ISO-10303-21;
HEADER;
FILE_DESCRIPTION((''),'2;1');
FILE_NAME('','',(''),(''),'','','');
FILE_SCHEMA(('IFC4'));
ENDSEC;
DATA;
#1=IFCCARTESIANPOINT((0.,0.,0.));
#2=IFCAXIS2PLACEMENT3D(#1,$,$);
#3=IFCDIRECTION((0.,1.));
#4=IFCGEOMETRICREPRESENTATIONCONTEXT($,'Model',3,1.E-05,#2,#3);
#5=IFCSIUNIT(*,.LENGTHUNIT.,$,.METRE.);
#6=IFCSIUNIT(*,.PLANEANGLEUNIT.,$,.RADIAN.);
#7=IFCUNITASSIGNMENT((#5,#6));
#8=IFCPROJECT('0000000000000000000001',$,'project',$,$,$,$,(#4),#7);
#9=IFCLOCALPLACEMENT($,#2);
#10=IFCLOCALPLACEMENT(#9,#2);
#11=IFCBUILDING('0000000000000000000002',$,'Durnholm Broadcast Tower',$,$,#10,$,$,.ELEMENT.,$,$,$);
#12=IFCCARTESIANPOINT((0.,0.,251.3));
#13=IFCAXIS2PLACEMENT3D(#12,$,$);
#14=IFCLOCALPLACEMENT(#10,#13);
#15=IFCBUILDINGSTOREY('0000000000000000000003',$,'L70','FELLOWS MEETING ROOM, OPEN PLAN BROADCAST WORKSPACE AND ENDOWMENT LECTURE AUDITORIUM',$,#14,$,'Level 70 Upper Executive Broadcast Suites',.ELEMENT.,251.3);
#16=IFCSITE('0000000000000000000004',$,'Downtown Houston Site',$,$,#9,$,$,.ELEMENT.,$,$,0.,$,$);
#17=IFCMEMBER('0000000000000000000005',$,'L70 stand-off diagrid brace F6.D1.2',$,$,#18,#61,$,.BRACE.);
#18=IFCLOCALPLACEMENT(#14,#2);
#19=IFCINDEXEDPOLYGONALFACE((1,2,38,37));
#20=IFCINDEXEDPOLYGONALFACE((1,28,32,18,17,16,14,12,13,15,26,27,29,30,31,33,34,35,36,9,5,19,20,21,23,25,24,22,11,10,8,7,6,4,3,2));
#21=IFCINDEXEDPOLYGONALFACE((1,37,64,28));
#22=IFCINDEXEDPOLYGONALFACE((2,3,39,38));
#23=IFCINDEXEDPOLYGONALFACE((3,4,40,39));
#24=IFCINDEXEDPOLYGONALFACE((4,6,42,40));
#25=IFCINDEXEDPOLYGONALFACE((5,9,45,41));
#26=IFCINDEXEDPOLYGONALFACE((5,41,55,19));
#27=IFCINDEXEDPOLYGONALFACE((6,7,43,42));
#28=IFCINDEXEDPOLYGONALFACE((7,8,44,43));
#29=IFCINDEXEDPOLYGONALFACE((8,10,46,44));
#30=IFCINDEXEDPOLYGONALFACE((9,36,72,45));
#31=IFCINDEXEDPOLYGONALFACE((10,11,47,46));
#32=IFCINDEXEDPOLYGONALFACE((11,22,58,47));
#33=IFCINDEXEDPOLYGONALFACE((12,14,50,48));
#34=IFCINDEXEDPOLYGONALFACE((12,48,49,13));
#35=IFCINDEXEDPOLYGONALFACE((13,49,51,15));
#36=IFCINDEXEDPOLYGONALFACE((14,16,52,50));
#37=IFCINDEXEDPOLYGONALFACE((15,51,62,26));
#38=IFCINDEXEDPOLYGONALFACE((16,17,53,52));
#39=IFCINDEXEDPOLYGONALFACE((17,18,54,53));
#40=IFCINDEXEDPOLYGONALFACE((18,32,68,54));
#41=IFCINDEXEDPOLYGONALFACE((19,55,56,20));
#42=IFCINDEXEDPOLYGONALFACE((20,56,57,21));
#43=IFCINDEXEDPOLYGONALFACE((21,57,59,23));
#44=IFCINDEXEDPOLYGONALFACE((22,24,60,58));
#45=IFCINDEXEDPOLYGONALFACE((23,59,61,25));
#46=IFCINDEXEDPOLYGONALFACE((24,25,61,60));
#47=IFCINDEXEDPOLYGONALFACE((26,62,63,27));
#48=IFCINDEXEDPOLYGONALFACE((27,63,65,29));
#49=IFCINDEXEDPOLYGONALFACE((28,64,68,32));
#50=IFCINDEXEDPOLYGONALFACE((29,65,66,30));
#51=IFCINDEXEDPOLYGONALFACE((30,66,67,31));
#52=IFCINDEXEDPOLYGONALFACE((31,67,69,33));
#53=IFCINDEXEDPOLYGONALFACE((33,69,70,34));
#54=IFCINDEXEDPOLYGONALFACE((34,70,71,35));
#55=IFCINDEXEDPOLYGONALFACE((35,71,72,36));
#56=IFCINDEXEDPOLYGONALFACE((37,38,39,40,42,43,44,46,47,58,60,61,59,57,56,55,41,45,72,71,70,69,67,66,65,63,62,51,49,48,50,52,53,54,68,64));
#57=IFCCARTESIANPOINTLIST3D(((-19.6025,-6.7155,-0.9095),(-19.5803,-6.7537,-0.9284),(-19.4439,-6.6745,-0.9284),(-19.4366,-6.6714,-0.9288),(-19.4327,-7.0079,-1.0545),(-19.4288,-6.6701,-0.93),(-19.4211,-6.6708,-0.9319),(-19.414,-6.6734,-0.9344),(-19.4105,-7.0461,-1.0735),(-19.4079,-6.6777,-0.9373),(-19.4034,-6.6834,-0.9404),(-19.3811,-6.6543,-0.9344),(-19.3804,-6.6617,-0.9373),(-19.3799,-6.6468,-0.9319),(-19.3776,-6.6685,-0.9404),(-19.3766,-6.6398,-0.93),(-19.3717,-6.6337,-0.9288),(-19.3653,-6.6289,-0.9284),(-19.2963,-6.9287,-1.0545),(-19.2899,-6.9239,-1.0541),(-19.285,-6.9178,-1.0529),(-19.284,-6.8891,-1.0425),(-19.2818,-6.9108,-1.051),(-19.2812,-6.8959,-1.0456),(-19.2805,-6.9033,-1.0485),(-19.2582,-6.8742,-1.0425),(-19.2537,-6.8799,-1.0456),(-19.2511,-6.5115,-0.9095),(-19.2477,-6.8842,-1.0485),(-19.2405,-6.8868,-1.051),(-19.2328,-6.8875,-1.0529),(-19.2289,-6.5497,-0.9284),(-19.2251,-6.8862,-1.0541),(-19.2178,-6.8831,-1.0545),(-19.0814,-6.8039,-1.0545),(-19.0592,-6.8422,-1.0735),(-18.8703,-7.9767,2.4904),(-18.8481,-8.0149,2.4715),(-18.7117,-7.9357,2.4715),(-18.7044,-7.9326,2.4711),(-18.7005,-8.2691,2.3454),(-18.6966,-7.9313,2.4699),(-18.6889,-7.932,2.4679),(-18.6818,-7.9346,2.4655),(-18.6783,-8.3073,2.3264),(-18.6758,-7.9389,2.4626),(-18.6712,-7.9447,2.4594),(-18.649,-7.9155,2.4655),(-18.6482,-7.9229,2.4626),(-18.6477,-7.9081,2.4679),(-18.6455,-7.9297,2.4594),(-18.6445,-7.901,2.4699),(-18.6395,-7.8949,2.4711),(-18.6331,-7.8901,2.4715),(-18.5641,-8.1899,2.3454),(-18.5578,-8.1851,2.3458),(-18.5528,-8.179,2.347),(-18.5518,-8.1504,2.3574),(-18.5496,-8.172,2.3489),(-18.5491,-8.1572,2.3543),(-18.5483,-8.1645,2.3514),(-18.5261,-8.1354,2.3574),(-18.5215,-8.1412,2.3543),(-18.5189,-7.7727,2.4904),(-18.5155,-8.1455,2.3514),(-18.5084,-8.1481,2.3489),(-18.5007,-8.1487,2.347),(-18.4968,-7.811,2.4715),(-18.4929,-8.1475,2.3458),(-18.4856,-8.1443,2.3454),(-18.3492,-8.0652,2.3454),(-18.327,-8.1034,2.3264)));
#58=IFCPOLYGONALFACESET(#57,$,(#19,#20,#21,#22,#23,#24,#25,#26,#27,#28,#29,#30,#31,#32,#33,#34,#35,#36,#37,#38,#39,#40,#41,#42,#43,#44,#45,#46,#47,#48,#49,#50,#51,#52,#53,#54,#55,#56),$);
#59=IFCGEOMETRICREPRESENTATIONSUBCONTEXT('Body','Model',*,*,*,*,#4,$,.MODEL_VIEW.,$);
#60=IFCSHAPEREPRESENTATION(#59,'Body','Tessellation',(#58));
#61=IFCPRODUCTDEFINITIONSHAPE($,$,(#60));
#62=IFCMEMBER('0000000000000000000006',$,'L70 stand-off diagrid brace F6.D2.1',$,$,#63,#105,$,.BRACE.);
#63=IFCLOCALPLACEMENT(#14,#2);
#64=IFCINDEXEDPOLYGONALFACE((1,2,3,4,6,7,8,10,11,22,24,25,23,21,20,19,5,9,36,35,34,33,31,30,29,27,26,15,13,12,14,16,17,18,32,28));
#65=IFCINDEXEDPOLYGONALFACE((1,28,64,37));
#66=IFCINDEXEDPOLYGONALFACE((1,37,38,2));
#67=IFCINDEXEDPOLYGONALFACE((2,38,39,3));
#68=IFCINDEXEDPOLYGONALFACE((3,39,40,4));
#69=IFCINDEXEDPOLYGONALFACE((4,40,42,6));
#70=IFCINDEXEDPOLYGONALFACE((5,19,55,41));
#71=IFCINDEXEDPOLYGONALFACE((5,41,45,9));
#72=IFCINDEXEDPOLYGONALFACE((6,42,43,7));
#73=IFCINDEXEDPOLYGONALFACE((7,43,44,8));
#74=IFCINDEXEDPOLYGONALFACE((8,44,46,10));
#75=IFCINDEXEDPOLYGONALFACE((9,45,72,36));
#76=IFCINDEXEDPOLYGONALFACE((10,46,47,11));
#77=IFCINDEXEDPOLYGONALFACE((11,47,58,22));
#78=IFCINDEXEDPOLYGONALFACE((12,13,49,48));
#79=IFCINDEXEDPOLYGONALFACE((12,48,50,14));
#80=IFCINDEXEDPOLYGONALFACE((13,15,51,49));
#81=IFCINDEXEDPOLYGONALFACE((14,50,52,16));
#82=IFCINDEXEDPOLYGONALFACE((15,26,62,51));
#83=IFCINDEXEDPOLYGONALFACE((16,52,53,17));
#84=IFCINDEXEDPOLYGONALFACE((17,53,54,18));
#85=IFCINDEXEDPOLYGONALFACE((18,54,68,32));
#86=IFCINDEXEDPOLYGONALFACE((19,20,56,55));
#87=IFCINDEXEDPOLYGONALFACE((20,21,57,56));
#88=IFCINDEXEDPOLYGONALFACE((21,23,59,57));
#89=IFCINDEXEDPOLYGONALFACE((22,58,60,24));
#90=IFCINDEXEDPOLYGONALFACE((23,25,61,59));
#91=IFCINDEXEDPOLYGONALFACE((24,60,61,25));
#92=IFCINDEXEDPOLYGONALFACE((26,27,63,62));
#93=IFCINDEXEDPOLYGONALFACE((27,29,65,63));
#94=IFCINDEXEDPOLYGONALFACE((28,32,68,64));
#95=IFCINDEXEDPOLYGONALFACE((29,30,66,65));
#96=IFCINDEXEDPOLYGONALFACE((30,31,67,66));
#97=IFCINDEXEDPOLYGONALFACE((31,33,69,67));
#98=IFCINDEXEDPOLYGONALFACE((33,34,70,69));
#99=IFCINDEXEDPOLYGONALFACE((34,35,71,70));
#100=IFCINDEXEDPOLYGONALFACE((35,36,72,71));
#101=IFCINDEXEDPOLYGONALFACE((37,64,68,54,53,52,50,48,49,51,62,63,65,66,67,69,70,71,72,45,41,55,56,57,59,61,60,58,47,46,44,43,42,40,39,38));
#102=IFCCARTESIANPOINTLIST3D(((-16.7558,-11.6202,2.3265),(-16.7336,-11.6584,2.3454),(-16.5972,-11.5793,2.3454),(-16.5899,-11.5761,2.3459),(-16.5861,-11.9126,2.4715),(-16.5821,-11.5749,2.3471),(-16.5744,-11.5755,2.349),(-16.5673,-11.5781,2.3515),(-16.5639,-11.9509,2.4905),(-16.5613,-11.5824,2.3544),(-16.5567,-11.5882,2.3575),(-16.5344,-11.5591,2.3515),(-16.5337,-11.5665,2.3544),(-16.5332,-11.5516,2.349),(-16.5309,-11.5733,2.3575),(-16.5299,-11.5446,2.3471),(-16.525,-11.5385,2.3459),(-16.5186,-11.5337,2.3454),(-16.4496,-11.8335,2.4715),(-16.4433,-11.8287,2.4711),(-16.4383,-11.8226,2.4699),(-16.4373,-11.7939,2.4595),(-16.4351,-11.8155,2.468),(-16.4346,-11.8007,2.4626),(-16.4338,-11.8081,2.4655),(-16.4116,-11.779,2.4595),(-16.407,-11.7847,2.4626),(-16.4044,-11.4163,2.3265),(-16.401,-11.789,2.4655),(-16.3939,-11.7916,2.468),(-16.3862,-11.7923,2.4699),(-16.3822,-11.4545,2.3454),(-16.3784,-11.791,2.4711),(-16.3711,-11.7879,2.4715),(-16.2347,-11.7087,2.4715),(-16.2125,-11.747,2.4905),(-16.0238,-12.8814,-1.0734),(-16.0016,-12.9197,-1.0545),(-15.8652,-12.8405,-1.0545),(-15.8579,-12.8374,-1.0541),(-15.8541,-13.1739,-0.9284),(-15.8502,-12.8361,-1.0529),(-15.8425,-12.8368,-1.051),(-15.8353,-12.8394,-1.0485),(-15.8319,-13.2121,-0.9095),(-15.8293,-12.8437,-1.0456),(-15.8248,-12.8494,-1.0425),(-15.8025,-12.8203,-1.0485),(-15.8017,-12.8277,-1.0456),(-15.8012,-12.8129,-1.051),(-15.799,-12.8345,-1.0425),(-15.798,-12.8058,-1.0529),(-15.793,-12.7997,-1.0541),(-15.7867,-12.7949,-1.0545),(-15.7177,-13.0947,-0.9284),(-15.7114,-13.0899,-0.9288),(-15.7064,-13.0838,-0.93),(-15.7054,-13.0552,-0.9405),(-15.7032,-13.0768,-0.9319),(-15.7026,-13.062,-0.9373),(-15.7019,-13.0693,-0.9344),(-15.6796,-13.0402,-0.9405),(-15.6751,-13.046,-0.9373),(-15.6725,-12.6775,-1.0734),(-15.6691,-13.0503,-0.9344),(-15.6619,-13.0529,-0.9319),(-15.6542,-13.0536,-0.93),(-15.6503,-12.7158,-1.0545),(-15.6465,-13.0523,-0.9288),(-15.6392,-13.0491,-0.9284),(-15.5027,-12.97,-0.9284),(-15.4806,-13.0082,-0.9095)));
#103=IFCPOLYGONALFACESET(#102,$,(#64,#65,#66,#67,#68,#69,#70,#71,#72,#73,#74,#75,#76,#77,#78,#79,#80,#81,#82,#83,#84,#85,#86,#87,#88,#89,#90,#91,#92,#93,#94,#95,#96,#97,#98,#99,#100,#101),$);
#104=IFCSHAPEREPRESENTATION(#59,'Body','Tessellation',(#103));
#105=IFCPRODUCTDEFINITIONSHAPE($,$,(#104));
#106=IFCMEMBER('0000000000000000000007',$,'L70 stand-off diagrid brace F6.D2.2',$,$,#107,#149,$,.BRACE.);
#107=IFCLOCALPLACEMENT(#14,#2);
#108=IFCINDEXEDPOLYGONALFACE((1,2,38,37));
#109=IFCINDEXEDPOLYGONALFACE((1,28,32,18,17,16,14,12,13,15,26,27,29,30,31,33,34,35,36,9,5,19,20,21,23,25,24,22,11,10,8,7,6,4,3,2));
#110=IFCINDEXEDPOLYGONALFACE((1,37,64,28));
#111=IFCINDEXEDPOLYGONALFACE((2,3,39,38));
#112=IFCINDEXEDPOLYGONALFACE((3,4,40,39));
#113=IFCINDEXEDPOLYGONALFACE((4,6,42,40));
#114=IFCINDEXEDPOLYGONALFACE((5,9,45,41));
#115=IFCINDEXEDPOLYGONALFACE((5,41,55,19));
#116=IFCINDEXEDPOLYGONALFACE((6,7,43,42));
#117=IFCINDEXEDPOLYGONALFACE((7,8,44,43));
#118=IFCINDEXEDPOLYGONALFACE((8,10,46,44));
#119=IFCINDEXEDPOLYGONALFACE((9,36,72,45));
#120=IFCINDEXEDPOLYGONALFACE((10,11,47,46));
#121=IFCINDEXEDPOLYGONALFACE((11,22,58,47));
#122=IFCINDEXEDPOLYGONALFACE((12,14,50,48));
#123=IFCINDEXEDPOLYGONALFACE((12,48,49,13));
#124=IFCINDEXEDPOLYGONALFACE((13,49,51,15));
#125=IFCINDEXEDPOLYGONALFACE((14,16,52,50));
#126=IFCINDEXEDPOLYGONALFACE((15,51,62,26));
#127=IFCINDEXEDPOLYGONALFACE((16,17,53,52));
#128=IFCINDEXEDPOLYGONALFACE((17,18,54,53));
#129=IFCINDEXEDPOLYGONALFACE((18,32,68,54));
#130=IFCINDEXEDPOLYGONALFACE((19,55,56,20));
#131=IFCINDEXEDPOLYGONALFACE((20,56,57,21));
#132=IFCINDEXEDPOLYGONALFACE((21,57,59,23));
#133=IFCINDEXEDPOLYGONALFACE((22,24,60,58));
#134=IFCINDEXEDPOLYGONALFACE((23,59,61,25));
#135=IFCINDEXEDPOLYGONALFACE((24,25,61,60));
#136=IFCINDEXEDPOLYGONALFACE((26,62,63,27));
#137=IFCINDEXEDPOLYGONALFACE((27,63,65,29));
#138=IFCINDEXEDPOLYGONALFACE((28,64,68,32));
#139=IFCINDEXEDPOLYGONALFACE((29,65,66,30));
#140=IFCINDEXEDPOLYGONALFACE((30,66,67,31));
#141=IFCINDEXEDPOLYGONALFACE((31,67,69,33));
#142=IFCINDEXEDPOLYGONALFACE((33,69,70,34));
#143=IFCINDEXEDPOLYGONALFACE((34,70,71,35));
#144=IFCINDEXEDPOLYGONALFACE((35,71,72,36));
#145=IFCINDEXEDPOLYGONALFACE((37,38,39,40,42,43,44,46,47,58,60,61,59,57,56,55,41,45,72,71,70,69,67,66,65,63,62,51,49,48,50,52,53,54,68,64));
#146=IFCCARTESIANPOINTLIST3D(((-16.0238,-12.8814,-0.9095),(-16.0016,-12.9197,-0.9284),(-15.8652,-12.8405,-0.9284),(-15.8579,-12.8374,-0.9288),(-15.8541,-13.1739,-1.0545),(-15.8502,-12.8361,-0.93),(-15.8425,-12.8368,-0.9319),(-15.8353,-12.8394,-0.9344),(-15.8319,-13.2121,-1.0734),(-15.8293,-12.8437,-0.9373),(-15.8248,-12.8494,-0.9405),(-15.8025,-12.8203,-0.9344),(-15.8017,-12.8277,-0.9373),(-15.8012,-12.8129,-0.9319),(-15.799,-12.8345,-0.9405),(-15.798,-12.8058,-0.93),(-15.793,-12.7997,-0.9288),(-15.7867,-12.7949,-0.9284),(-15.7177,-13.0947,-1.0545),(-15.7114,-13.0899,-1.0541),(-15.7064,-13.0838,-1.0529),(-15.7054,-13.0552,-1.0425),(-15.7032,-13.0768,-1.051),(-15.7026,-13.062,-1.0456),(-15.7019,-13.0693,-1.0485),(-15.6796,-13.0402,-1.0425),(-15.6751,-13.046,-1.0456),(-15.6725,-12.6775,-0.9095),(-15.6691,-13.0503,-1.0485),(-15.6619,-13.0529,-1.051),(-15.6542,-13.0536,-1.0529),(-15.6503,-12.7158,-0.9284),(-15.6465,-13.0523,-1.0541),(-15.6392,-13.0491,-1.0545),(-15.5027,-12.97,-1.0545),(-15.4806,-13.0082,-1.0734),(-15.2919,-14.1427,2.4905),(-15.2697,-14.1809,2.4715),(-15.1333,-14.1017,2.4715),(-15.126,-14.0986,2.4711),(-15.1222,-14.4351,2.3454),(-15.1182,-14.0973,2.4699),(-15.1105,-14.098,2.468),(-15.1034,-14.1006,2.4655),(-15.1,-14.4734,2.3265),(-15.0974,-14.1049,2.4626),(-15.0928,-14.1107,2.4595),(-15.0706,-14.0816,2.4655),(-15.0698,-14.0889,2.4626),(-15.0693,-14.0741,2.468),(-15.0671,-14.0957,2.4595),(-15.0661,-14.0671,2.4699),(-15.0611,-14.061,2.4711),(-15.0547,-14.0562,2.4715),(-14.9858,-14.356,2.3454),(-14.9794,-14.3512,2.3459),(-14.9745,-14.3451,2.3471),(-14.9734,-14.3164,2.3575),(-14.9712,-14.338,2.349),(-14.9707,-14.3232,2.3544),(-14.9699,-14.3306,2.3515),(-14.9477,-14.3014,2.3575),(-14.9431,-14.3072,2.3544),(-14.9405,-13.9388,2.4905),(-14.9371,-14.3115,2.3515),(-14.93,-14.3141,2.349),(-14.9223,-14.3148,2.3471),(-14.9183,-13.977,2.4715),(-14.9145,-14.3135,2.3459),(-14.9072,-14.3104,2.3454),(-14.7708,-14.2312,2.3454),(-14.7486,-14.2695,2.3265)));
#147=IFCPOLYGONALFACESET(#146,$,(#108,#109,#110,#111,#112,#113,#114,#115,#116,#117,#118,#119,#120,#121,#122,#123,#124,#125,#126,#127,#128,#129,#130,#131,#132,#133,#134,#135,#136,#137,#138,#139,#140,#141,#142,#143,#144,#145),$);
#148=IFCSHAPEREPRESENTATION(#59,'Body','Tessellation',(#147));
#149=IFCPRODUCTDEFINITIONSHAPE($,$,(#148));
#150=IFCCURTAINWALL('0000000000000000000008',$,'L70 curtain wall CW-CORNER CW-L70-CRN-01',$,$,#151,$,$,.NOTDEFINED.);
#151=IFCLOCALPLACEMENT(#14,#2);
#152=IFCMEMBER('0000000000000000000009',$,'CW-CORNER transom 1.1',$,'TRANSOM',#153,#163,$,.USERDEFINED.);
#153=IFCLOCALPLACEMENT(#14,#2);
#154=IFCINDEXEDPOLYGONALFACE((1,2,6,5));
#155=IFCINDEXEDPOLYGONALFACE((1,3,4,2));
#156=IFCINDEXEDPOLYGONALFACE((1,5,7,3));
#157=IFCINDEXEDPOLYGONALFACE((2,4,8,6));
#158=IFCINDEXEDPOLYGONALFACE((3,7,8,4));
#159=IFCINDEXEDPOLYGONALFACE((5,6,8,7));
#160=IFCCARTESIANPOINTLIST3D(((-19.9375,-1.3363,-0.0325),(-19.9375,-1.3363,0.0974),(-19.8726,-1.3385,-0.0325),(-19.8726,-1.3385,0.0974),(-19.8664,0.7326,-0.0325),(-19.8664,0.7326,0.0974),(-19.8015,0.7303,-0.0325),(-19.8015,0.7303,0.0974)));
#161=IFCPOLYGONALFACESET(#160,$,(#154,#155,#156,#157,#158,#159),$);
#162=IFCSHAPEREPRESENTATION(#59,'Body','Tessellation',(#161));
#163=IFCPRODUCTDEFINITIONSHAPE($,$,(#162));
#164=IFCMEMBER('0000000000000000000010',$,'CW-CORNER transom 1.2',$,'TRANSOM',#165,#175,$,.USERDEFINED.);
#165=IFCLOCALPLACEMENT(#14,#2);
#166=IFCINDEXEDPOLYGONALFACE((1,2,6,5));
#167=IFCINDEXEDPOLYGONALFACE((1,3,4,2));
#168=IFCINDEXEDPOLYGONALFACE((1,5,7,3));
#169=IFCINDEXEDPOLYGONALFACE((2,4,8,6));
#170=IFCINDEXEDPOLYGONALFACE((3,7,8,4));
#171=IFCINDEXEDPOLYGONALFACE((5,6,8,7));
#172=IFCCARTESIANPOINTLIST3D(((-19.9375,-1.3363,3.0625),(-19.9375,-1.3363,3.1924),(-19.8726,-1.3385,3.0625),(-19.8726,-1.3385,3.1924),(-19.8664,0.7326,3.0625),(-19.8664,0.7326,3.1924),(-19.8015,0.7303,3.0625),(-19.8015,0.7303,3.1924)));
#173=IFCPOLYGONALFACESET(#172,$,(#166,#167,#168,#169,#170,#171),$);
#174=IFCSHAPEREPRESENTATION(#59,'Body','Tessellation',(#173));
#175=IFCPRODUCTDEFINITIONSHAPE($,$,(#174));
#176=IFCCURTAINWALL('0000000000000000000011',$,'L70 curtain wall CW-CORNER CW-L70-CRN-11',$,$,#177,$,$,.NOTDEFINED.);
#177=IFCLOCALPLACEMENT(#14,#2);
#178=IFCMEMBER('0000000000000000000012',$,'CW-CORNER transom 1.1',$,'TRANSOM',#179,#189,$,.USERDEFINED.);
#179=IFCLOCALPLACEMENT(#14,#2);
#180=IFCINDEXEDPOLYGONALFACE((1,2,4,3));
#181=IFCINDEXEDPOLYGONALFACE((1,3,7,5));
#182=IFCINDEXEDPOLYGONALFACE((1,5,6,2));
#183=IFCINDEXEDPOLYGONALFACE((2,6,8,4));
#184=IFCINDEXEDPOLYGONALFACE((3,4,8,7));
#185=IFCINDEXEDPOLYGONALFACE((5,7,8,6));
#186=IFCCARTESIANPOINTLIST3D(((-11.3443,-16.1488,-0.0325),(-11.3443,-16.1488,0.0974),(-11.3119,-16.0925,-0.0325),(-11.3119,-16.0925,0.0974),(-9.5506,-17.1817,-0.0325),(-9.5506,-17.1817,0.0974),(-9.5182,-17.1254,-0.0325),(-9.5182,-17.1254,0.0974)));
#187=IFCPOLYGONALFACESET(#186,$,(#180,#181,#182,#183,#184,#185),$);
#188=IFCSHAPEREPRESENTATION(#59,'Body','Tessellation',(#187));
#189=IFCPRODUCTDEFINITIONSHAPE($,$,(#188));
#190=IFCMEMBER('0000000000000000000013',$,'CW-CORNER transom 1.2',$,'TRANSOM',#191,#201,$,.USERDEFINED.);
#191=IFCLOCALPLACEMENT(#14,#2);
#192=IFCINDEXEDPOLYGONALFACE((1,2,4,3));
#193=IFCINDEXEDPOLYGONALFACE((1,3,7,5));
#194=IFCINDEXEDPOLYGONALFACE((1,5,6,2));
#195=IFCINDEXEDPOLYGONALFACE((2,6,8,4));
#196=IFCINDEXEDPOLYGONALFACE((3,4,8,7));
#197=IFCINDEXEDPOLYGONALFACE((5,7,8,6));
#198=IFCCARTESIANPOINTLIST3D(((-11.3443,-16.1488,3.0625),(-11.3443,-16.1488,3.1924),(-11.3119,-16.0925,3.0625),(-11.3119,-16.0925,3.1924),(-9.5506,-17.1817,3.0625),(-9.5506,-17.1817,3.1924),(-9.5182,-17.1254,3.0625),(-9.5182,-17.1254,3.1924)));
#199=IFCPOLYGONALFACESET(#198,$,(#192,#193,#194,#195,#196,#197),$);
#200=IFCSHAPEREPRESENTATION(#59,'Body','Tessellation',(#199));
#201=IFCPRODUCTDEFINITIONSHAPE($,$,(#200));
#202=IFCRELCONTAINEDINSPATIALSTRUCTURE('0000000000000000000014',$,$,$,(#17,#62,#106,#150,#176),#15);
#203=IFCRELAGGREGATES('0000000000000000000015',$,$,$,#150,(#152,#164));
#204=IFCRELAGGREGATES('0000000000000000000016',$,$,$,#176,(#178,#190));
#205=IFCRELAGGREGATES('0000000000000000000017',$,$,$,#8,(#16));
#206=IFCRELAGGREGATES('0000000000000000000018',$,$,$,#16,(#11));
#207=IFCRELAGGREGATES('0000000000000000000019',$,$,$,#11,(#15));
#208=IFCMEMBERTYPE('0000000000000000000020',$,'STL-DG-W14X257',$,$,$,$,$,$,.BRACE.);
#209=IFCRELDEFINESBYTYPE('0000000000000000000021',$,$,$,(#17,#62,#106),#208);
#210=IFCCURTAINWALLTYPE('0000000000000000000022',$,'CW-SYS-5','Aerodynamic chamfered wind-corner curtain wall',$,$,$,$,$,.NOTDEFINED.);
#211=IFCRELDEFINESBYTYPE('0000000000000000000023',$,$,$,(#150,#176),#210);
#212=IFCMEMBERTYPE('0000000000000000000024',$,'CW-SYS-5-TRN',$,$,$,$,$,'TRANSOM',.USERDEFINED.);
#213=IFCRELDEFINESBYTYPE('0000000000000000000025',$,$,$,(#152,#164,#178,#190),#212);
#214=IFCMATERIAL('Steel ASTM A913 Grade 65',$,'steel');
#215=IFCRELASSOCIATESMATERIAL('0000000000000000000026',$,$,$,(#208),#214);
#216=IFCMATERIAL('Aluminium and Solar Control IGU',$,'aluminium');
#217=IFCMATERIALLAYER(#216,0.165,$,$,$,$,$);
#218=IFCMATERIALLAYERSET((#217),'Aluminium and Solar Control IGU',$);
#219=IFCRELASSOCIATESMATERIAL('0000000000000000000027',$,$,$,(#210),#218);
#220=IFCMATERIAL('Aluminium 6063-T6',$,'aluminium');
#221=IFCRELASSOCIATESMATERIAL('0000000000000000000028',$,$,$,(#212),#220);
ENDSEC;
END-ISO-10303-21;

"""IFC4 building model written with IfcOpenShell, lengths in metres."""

from ifc_helpers import new_model, si_unit, direction, frame, origin, origin_2d, place, context, subcontext, project, spatial, rectangle, i_section, extrude, source, transform, mapped, material, layer, layer_set, material_profile, profile_set, type_object, type_shapes, element, aggregate, save


model = new_model("IFC4")

# Units and contexts
model_context = context("Model", 3, precision=1e-05, world=origin(), true_north=direction((0.0, 1.0)))
body_context = subcontext(model_context, "Body", "Model", "MODEL_VIEW")
ifc_project = project(units=[si_unit("LENGTHUNIT", "METRE"), si_unit("PLANEANGLEUNIT", "RADIAN")], contexts=[model_context])

# Site, building, storey
site_placement = place(None, origin())
site = spatial("IfcSite", under=ifc_project, at=site_placement, Name="Downtown Houston Site", CompositionType="ELEMENT", RefElevation=0.0)
building_placement = place(site_placement, origin())
building = spatial("IfcBuilding", under=site, at=building_placement, Name="Durnholm Broadcast Tower", CompositionType="ELEMENT")
storey_placement = place(building_placement, frame((0.0, 0.0, 251.3)))
storey = spatial("IfcBuildingStorey", under=building, at=storey_placement, Name="L70", Description="FELLOWS MEETING ROOM, OPEN PLAN BROADCAST WORKSPACE AND ENDOWMENT LECTURE AUDITORIUM", LongName="Level 70 Upper Executive Broadcast Suites", CompositionType="ELEMENT", Elevation=251.3)

# Members
ifc_material_1 = material(Name="Steel ASTM A913 Grade 65", Category="steel")
ifc_material_profile_1 = material_profile(ifc_material_1, i_section(OverallWidth=0.4062, OverallDepth=0.416, WebThickness=0.0298, FlangeThickness=0.0481, FilletRadius=0.0305, at=origin_2d()), Name="W14X257")
ifc_profile_set_1 = profile_set([ifc_material_profile_1], Name="Steel ASTM A913 Grade 65")
member_type_1 = type_object("IfcMemberType", Name="STL-DG-W14X257", PredefinedType="BRACE", material=ifc_profile_set_1)
shared_shape_1 = source(origin(), body_context, "Body", "SweptSolid", [
    extrude(i_section(OverallWidth=0.4062, OverallDepth=0.416, WebThickness=0.0298, FlangeThickness=0.0481, FilletRadius=0.0305, at=origin_2d()), origin(), (0.0, 0.0, 1.0), 3.6995),
])
type_shapes(member_type_1, [shared_shape_1])
for number, where, z_axis, x_axis, name in (
    (1, (-19.3308, -6.7788, -0.9915), (0.197914, -0.340921, 0.919023), (0.864833, 0.502059, 0.0), "L70 stand-off diagrid brace F6.D1.2"),
    (2, (-15.7522, -12.9448, -0.9915), (-0.19785, 0.340926, 0.919035), (-0.864906, -0.501934, 0.0), "L70 stand-off diagrid brace F6.D2.1"),
    (3, (-15.7522, -12.9448, -0.9915), (0.19785, -0.340926, 0.919035), (0.864906, 0.501934, 0.0), "L70 stand-off diagrid brace F6.D2.2"),
):
    element("IfcMember", number, at=place(storey_placement, frame(where, z_axis=z_axis, x_axis=x_axis)), inside=storey, type_object=member_type_1, Name=name, PredefinedType="BRACE", context=body_context, shape_type="MappedRepresentation", body=[
        mapped(shared_shape_1, transform((0.0, 0.0, 0.0), x_axis=(1.0, 0.0, 0.0), y_axis=(0.0, 1.0, 0.0), z_axis=(0.0, 0.0, 1.0), scale=1.0)),
    ])

# Curtain walls, members
ifc_material_2 = material(Name="Aluminium and Solar Control IGU", Category="aluminium")
ifc_layer_1 = layer(ifc_material_2, 0.165)
ifc_layer_set_1 = layer_set([ifc_layer_1], Name="Aluminium and Solar Control IGU")
curtain_wall_type_1 = type_object("IfcCurtainWallType", Name="CW-SYS-5", Description="Aerodynamic chamfered wind-corner curtain wall", PredefinedType="NOTDEFINED", material=ifc_layer_set_1)
curtain_wall_1_placement = place(storey_placement, origin())
curtain_wall_1 = element("IfcCurtainWall", 4, at=curtain_wall_1_placement, inside=storey, type_object=curtain_wall_type_1, Name="L70 curtain wall CW-CORNER CW-L70-CRN-01", PredefinedType="NOTDEFINED")
ifc_material_3 = material(Name="Aluminium 6063-T6", Category="aluminium")
ifc_material_profile_2 = material_profile(ifc_material_3, rectangle(XDim=0.0649, YDim=0.1299, at=origin_2d()), Name="CWT65X130")
ifc_profile_set_2 = profile_set([ifc_material_profile_2], Name="Aluminium 6063-T6")
member_type_2 = type_object("IfcMemberType", Name="CW-SYS-5-TRN", ElementType="TRANSOM", PredefinedType="USERDEFINED", material=ifc_profile_set_2)
shared_shape_2 = source(origin(), body_context, "Body", "SweptSolid", [
    extrude(rectangle(XDim=0.0649, YDim=0.1299, at=origin_2d()), origin(), (0.0, 0.0, 1.0), 2.0701),
])
member_1_placement = place(storey_placement, frame((-19.905, -1.3374, 0.0325), z_axis=(0.03432, 0.999411, 0.0), x_axis=(-0.999411, 0.03432, 0.0)))
member_1 = element("IfcMember", 5, at=member_1_placement, type_object=member_type_2, Name="CW-CORNER transom 1.1", ObjectType="TRANSOM", PredefinedType="USERDEFINED", context=body_context, shape_type="MappedRepresentation", body=[
    mapped(shared_shape_2, transform((0.0, 0.0, 0.0), x_axis=(1.0, 0.0, 0.0), y_axis=(0.0, 1.0, 0.0), z_axis=(0.0, 0.0, 1.0), scale=1.0)),
])
member_2_placement = place(storey_placement, frame((-19.905, -1.3374, 3.1274), z_axis=(0.03432, 0.999411, 0.0), x_axis=(-0.999411, 0.03432, 0.0)))
member_2 = element("IfcMember", 6, at=member_2_placement, type_object=member_type_2, Name="CW-CORNER transom 1.2", ObjectType="TRANSOM", PredefinedType="USERDEFINED", context=body_context, shape_type="MappedRepresentation", body=[
    mapped(shared_shape_2, transform((0.0, 0.0, 0.0), x_axis=(1.0, 0.0, 0.0), y_axis=(0.0, 1.0, 0.0), z_axis=(0.0, 0.0, 1.0), scale=1.0)),
])
curtain_wall_2_placement = place(storey_placement, origin())
curtain_wall_2 = element("IfcCurtainWall", 7, at=curtain_wall_2_placement, inside=storey, type_object=curtain_wall_type_1, Name="L70 curtain wall CW-CORNER CW-L70-CRN-11", PredefinedType="NOTDEFINED")
shared_shape_3 = source(origin(), body_context, "Body", "SweptSolid", [
    extrude(rectangle(XDim=0.0649, YDim=0.1299, at=origin_2d()), origin(), (0.0, 0.0, 1.0), 2.0698),
])
type_shapes(member_type_2, [shared_shape_2, shared_shape_3])
member_3_placement = place(storey_placement, frame((-9.5344, -17.1536, 0.0325), z_axis=(-0.866576, 0.499045, 0.0), x_axis=(-0.499045, -0.866576, 0.0)))
member_3 = element("IfcMember", 8, at=member_3_placement, type_object=member_type_2, Name="CW-CORNER transom 1.1", ObjectType="TRANSOM", PredefinedType="USERDEFINED", context=body_context, shape_type="MappedRepresentation", body=[
    mapped(shared_shape_3, transform((0.0, 0.0, 0.0), x_axis=(1.0, 0.0, 0.0), y_axis=(0.0, 1.0, 0.0), z_axis=(0.0, 0.0, 1.0), scale=1.0)),
])
member_4_placement = place(storey_placement, frame((-9.5344, -17.1536, 3.1274), z_axis=(-0.866576, 0.499045, 0.0), x_axis=(-0.499045, -0.866576, 0.0)))
member_4 = element("IfcMember", 9, at=member_4_placement, type_object=member_type_2, Name="CW-CORNER transom 1.2", ObjectType="TRANSOM", PredefinedType="USERDEFINED", context=body_context, shape_type="MappedRepresentation", body=[
    mapped(shared_shape_3, transform((0.0, 0.0, 0.0), x_axis=(1.0, 0.0, 0.0), y_axis=(0.0, 1.0, 0.0), z_axis=(0.0, 0.0, 1.0), scale=1.0)),
])

aggregate(curtain_wall_1, [member_1, member_2])

aggregate(curtain_wall_2, [member_3, member_4])

save(model, "model.ifc")
